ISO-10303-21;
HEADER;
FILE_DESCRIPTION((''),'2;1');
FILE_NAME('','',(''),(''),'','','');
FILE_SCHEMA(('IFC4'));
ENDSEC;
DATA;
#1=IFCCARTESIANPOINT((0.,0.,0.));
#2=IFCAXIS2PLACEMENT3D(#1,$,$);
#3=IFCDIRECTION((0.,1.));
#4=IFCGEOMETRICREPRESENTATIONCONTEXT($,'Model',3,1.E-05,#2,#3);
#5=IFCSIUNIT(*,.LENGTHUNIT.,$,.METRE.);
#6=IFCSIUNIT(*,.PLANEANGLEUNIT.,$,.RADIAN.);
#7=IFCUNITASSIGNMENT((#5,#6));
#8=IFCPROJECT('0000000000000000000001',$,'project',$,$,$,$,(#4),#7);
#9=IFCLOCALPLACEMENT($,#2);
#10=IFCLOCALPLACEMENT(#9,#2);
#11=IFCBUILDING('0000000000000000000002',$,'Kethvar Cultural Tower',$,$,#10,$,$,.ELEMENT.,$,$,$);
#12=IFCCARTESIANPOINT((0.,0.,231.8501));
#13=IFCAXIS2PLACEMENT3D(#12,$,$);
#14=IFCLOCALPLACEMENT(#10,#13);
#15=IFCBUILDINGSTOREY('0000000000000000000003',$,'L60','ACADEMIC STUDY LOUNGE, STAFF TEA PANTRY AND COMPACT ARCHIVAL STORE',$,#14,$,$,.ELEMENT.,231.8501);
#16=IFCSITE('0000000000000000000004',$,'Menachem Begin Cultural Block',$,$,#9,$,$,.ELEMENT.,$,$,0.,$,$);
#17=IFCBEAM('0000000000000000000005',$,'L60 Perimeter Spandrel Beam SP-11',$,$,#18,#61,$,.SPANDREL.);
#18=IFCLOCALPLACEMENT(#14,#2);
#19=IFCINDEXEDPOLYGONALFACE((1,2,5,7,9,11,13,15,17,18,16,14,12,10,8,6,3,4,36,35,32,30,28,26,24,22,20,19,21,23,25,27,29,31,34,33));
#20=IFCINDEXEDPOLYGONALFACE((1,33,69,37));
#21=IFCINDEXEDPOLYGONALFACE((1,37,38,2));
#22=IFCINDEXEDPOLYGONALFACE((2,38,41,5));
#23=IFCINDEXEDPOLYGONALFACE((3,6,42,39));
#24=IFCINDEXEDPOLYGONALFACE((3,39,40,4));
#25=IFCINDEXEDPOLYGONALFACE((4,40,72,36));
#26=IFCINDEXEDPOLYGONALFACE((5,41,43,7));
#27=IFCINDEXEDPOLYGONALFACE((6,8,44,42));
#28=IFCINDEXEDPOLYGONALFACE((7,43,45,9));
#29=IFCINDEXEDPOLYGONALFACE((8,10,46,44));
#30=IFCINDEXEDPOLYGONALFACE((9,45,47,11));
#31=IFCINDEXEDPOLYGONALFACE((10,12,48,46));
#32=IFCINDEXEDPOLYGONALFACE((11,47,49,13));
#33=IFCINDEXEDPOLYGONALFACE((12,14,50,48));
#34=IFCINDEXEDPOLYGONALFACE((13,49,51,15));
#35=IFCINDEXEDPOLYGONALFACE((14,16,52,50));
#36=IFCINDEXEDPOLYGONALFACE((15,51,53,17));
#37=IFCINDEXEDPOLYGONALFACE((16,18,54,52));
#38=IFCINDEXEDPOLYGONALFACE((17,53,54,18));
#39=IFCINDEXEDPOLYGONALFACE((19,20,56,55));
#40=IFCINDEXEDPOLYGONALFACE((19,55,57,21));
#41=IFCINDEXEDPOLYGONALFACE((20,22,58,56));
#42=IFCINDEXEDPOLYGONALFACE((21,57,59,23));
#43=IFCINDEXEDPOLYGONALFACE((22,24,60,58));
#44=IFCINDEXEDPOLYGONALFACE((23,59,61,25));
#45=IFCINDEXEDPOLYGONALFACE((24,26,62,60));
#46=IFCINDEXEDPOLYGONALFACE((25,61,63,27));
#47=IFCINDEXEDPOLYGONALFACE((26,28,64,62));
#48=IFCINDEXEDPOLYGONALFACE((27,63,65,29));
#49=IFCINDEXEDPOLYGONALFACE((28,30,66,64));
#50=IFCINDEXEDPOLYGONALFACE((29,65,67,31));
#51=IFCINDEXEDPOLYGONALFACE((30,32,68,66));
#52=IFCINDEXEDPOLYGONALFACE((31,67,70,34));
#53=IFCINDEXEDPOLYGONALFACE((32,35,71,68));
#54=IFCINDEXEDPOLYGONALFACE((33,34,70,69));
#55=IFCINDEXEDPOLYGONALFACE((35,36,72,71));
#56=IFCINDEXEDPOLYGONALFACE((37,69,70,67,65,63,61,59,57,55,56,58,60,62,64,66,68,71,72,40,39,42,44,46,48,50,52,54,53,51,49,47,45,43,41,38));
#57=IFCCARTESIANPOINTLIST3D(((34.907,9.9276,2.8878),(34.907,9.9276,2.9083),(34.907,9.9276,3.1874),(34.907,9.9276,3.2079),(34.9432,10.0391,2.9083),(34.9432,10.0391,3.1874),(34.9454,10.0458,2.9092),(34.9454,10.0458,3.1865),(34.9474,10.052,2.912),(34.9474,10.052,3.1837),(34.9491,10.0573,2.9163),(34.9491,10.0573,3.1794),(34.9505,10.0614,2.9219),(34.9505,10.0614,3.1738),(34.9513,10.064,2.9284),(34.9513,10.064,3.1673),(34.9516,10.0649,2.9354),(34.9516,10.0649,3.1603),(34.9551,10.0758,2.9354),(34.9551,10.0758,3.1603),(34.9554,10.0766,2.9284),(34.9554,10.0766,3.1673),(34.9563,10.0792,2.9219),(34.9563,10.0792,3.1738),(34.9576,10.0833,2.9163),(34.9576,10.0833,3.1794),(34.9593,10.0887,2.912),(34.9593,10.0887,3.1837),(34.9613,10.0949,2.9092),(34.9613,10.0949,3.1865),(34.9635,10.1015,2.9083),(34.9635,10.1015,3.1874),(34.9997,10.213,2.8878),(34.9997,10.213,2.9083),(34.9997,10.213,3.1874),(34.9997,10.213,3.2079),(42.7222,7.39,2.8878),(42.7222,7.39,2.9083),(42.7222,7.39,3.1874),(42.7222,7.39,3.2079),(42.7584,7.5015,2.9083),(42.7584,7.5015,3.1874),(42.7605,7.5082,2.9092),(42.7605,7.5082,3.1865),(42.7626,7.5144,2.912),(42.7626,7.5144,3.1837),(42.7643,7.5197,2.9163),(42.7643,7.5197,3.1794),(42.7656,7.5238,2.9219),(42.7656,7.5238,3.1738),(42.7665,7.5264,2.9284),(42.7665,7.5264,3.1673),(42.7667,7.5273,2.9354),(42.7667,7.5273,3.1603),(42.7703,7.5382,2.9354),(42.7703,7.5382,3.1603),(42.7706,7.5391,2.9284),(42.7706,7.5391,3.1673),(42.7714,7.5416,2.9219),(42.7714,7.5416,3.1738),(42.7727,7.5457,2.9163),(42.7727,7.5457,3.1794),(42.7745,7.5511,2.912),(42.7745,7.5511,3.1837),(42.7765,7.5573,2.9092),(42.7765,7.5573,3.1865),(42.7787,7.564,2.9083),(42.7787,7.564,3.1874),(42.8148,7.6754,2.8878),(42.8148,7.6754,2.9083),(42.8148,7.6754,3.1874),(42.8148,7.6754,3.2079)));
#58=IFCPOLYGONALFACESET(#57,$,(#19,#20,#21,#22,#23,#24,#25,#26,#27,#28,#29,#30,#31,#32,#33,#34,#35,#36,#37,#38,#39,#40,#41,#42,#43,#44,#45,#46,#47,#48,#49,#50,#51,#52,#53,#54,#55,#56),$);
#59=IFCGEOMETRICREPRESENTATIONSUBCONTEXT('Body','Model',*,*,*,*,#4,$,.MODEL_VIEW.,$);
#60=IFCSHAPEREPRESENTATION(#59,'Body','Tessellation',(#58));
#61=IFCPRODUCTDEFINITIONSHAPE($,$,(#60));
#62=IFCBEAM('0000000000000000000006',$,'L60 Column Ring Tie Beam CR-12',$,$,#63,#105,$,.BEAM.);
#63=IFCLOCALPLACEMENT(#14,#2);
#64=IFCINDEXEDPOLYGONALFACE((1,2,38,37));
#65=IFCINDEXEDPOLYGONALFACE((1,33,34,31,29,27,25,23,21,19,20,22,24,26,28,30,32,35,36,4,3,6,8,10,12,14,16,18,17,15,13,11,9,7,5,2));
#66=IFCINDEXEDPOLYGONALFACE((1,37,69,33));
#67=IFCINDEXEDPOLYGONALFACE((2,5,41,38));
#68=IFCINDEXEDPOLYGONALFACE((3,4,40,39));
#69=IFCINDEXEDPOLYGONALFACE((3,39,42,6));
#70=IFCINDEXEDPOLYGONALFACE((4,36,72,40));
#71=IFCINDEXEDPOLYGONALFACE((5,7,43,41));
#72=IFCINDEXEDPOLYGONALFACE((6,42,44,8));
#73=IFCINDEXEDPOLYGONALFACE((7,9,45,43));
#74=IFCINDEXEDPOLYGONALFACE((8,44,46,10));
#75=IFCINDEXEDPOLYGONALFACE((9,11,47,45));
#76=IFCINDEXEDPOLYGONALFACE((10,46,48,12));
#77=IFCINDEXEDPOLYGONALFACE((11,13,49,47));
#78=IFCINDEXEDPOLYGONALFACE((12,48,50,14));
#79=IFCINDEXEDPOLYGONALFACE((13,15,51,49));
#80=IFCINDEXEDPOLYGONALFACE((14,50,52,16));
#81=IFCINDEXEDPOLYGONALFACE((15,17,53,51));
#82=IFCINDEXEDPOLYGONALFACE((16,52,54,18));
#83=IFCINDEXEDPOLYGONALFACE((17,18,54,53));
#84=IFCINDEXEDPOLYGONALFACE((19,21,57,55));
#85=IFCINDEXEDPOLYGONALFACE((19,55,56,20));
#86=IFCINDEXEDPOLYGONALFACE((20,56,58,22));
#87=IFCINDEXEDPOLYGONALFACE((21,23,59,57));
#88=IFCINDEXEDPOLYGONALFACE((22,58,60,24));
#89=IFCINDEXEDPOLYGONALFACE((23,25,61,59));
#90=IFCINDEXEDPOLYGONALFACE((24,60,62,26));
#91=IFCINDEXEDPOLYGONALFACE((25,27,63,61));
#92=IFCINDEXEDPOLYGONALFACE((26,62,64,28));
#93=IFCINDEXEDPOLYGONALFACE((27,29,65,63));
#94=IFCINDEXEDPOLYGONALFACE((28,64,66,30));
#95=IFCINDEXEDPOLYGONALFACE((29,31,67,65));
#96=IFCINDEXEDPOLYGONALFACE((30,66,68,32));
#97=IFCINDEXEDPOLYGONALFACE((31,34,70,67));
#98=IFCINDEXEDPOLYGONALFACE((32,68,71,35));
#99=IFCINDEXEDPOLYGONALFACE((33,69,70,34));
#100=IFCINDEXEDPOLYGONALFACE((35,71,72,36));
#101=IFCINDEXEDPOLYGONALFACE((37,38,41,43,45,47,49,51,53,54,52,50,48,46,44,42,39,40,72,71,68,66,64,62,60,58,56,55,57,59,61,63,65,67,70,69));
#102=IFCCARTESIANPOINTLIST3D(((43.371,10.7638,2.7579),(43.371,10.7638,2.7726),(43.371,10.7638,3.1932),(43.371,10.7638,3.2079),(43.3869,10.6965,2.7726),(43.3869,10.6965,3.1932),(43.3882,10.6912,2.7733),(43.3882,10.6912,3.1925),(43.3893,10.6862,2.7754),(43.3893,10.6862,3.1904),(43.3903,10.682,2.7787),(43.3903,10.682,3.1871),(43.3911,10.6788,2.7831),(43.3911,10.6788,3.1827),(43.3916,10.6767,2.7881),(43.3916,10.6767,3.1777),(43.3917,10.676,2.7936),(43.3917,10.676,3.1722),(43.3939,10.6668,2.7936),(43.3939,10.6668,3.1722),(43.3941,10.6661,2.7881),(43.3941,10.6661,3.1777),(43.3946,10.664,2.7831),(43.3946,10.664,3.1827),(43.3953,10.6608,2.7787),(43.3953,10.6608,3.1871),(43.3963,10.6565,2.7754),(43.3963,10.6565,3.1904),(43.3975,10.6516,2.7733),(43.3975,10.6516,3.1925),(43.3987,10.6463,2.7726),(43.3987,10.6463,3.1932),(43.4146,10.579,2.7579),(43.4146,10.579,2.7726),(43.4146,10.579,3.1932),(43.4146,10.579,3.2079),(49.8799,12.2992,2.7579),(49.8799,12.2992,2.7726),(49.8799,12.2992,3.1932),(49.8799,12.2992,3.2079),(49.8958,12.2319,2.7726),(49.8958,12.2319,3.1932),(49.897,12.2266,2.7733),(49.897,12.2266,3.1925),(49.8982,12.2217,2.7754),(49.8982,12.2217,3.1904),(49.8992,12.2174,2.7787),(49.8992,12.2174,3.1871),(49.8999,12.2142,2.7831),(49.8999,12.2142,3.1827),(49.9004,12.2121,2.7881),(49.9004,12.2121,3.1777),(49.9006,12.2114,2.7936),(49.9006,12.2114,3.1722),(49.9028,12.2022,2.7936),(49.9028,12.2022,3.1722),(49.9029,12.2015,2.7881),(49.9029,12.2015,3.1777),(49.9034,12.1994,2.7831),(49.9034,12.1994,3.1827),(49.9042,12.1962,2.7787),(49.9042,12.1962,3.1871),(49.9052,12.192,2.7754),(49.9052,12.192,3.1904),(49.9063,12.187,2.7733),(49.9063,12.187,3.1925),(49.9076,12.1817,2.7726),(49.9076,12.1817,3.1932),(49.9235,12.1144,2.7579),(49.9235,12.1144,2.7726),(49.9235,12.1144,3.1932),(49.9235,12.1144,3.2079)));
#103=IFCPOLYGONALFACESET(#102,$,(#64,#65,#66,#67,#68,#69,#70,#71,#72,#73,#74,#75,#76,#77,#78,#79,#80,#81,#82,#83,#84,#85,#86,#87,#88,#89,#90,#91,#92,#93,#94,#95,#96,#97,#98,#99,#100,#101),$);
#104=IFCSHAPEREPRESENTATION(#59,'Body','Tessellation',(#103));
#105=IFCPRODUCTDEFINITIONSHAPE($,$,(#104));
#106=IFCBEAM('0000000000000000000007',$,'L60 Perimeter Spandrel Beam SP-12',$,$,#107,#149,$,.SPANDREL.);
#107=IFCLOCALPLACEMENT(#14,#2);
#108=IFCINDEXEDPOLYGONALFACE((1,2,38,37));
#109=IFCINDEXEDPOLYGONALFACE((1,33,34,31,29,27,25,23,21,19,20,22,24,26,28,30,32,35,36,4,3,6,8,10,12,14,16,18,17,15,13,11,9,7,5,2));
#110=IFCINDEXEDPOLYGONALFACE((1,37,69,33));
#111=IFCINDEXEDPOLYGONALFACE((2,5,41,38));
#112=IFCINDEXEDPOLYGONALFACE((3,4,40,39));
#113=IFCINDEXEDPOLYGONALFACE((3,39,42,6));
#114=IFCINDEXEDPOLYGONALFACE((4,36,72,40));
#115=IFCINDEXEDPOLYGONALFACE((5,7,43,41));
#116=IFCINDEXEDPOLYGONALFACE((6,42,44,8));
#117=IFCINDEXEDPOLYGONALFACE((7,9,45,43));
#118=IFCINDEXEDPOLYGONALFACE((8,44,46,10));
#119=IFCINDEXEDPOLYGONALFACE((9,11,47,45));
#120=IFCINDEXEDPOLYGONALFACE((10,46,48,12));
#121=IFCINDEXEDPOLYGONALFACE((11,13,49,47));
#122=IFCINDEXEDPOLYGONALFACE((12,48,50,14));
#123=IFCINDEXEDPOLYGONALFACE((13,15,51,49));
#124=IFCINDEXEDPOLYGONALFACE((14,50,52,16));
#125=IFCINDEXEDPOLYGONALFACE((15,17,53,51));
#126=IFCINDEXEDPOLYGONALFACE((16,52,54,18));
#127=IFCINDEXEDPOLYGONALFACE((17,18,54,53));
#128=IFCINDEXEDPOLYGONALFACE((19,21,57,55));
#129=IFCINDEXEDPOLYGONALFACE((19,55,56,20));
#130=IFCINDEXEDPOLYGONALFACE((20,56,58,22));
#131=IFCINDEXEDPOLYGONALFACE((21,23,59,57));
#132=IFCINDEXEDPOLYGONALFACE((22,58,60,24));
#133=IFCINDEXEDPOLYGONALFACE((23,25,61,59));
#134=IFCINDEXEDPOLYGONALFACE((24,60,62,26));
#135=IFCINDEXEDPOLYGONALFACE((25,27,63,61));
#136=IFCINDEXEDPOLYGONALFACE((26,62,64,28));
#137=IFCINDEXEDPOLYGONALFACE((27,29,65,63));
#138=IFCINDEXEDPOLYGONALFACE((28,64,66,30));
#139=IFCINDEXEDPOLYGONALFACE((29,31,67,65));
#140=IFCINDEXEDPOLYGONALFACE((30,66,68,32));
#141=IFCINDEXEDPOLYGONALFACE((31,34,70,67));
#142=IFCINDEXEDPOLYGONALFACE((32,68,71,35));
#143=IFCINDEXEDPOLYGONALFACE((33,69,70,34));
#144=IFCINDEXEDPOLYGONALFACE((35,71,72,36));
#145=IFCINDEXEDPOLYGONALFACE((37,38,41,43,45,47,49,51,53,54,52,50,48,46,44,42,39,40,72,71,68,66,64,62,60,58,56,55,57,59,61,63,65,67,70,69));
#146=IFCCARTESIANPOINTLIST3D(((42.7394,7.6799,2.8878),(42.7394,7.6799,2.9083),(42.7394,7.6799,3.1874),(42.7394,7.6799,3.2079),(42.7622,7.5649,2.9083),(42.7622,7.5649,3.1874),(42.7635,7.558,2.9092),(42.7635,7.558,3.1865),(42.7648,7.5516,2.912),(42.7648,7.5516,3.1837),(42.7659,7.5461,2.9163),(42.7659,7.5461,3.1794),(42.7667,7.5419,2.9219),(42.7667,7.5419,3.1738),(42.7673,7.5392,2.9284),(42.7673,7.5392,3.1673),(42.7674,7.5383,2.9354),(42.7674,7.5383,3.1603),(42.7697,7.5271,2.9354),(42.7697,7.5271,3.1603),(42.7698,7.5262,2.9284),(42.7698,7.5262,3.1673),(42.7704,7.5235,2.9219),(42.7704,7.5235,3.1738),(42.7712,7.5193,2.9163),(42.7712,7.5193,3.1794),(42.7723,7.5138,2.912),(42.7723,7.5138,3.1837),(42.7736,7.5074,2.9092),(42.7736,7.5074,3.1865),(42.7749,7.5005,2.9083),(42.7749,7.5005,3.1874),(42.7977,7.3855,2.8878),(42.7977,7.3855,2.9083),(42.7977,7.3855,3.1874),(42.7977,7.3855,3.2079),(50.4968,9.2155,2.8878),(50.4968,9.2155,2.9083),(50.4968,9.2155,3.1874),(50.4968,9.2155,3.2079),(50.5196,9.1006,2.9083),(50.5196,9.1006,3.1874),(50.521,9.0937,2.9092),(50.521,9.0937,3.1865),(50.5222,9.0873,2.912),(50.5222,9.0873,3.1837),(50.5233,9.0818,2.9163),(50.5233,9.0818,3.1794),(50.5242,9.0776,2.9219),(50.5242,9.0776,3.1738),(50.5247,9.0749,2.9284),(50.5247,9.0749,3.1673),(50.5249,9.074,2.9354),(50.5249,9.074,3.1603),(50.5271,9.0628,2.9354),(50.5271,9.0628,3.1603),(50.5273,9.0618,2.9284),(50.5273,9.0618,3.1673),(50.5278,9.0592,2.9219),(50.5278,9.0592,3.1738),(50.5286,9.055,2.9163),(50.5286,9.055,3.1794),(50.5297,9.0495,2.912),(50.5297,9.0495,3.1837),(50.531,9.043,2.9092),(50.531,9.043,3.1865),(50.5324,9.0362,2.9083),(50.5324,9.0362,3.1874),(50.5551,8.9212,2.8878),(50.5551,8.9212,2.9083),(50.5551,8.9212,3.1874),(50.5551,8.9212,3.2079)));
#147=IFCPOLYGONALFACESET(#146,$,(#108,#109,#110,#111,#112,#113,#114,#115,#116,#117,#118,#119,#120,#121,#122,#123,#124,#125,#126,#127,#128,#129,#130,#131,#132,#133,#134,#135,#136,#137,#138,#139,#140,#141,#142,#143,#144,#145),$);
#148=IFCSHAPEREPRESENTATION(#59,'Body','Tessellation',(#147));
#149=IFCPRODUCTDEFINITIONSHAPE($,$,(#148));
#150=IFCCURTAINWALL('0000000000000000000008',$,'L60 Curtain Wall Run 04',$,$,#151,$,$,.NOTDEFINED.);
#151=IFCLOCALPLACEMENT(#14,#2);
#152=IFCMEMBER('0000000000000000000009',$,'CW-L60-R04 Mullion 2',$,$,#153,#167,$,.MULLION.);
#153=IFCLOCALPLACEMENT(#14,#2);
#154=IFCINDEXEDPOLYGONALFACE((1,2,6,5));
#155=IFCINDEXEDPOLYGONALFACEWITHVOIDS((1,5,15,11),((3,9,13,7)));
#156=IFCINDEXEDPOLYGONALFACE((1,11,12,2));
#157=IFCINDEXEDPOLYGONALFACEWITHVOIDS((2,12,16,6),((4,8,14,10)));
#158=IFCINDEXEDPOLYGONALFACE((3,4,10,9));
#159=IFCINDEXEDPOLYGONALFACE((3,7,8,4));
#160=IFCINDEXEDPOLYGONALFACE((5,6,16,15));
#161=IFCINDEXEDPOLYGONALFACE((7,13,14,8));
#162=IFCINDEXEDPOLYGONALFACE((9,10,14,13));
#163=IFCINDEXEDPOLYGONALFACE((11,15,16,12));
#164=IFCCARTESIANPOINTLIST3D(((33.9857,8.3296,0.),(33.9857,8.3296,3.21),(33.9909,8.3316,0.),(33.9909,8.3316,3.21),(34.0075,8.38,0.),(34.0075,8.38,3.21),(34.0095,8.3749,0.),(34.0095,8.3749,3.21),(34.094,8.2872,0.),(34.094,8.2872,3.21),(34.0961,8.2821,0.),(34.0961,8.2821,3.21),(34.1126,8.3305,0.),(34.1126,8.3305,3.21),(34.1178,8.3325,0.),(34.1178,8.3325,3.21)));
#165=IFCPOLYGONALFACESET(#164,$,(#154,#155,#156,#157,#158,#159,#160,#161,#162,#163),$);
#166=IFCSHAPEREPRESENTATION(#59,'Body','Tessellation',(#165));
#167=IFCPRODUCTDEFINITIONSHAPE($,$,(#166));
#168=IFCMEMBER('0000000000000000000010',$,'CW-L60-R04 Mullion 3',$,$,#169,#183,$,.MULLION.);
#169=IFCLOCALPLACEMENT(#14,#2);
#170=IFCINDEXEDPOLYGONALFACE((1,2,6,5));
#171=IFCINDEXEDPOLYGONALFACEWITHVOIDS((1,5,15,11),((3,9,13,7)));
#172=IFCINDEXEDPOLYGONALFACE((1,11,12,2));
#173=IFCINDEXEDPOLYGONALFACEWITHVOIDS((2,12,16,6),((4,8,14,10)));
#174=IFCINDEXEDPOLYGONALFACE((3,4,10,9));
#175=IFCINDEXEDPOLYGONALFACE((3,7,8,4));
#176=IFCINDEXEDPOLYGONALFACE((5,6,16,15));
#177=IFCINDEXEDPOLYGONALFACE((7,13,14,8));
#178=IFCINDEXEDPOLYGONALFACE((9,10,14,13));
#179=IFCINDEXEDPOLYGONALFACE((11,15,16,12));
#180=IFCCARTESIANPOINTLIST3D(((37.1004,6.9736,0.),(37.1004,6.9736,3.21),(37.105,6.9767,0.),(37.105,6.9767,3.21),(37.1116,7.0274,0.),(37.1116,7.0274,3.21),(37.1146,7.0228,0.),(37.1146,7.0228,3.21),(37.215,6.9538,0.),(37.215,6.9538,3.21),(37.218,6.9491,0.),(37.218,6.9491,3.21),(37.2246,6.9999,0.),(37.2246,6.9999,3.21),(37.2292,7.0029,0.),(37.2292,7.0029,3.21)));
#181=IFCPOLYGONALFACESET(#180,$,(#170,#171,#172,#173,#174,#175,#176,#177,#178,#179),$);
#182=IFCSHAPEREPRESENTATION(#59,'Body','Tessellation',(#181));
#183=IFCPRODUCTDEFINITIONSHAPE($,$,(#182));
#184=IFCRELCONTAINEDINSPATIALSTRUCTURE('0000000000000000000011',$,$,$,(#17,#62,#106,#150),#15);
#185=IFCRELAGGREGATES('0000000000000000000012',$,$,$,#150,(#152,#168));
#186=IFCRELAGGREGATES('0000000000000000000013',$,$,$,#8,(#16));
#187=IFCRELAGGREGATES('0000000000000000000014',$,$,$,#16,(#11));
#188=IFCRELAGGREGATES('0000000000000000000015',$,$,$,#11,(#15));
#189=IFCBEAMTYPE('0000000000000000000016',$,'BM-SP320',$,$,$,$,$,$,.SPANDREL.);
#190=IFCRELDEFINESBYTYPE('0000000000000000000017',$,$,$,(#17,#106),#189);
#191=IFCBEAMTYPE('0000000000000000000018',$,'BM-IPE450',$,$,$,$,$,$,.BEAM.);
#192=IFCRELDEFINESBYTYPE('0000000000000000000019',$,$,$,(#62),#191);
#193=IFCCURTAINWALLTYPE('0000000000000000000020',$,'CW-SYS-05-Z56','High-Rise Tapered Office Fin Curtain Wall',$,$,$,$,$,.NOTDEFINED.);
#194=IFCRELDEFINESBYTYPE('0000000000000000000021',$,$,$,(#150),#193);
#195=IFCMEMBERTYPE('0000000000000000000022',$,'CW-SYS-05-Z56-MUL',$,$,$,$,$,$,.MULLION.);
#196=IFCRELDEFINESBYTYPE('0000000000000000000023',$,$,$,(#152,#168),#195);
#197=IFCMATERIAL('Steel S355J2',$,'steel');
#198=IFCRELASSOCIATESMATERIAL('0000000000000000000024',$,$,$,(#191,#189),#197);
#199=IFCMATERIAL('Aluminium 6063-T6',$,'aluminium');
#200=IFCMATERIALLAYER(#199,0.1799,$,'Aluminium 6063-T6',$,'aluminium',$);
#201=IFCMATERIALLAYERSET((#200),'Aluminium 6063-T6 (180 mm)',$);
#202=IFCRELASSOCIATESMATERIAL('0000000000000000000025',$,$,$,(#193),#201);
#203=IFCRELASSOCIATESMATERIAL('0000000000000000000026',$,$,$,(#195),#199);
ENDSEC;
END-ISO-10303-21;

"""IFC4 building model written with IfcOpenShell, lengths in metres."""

from ifc_helpers import new_model, si_unit, direction, frame, origin, origin_2d, place, context, subcontext, project, spatial, hollow_rectangle, i_section, extrude, source, transform, mapped, material, layer, layer_set, material_profile, profile_set, type_object, element, aggregate, save


model = new_model("IFC4")

# Units and contexts
model_context = context("Model", 3, precision=1e-05, world=origin(), true_north=direction((0.0, 1.0)))
body_context = subcontext(model_context, "Body", "Model", "MODEL_VIEW")
ifc_project = project(units=[si_unit("LENGTHUNIT", "METRE"), si_unit("PLANEANGLEUNIT", "RADIAN")], contexts=[model_context])

# Site, building, storey
site_placement = place(None, origin())
site = spatial("IfcSite", under=ifc_project, at=site_placement, Name="Menachem Begin Cultural Block", CompositionType="ELEMENT", RefElevation=0.0)
building_placement = place(site_placement, origin())
building = spatial("IfcBuilding", under=site, at=building_placement, Name="Kethvar Cultural Tower", CompositionType="ELEMENT")
storey_placement = place(building_placement, frame((0.0, 0.0, 231.8501)))
storey = spatial("IfcBuildingStorey", under=building, at=storey_placement, Name="L60", Description="ACADEMIC STUDY LOUNGE, STAFF TEA PANTRY AND COMPACT ARCHIVAL STORE", CompositionType="ELEMENT", Elevation=231.8501)

# Beams
ifc_material_1 = material(Name="Steel S355J2", Category="steel")
ifc_material_profile_1 = material_profile(ifc_material_1, i_section(OverallWidth=0.1899, OverallDepth=0.45, WebThickness=0.0095, FlangeThickness=0.0146, FilletRadius=0.021, at=origin_2d()), Name="Steel S355J2 — IPE450")
ifc_profile_set_1 = profile_set([ifc_material_profile_1], Name="Steel S355J2 — IPE450")
beam_type_1 = type_object("IfcBeamType", Name="BM-IPE450", PredefinedType="BEAM", material=ifc_profile_set_1)
ifc_material_profile_2 = material_profile(ifc_material_1, i_section(OverallWidth=0.3, OverallDepth=0.3201, WebThickness=0.0115, FlangeThickness=0.0205, FilletRadius=0.0271, at=origin_2d()), Name="Steel S355J2 — HEB320")
ifc_profile_set_2 = profile_set([ifc_material_profile_2], Name="Steel S355J2 — HEB320")
beam_type_2 = type_object("IfcBeamType", Name="BM-SP320", PredefinedType="SPANDREL", material=ifc_profile_set_2)
shared_shape_1 = source(origin(), body_context, "Body", "SweptSolid", [
    extrude(i_section(OverallWidth=0.3, OverallDepth=0.3201, WebThickness=0.0115, FlangeThickness=0.0205, FilletRadius=0.0271, at=origin_2d()), origin(), (0.0, 0.0, 1.0), 8.2168),
])
beam_1_placement = place(storey_placement, frame((34.9534, 10.0703, 3.0479), z_axis=(0.951118, -0.308829, 0.0), x_axis=(0.308829, 0.951118, 0.0)))
element("IfcBeam", 1, at=beam_1_placement, inside=storey, type_object=beam_type_2, Name="L60 Perimeter Spandrel Beam SP-11", PredefinedType="SPANDREL", context=body_context, shape_type="MappedRepresentation", body=[
    mapped(shared_shape_1, transform((0.0, 0.0, 0.0), scale=1.0)),
])
shared_shape_2 = source(origin(), body_context, "Body", "SweptSolid", [
    extrude(i_section(OverallWidth=0.1899, OverallDepth=0.45, WebThickness=0.0095, FlangeThickness=0.0146, FilletRadius=0.021, at=origin_2d()), origin(), (0.0, 0.0, 1.0), 6.6875),
])
beam_2_placement = place(storey_placement, frame((43.3928, 10.6714, 2.9829), z_axis=(0.973286, 0.229595, 0.0), x_axis=(-0.229595, 0.973286, 0.0)))
element("IfcBeam", 2, at=beam_2_placement, inside=storey, type_object=beam_type_1, Name="L60 Column Ring Tie Beam CR-12", PredefinedType="BEAM", context=body_context, shape_type="MappedRepresentation", body=[
    mapped(shared_shape_2, transform((0.0, 0.0, 0.0), scale=1.0)),
])
shared_shape_3 = source(origin(), body_context, "Body", "SweptSolid", [
    extrude(i_section(OverallWidth=0.3, OverallDepth=0.3201, WebThickness=0.0115, FlangeThickness=0.0205, FilletRadius=0.0271, at=origin_2d()), origin(), (0.0, 0.0, 1.0), 7.908),
])
beam_3_placement = place(storey_placement, frame((42.7686, 7.5327, 3.0479), z_axis=(0.980964, 0.194192, 0.0), x_axis=(-0.194192, 0.980964, 0.0)))
element("IfcBeam", 3, at=beam_3_placement, inside=storey, type_object=beam_type_2, Name="L60 Perimeter Spandrel Beam SP-12", PredefinedType="SPANDREL", context=body_context, shape_type="MappedRepresentation", body=[
    mapped(shared_shape_3, transform((0.0, 0.0, 0.0), scale=1.0)),
])

# Curtain wall, members
ifc_material_2 = material(Name="Aluminium 6063-T6", Category="aluminium")
ifc_layer_1 = layer(ifc_material_2, 0.1799, Name="Aluminium 6063-T6", Category="aluminium")
ifc_layer_set_1 = layer_set([ifc_layer_1], Name="Aluminium 6063-T6 (180 mm)")
curtain_wall_type = type_object("IfcCurtainWallType", Name="CW-SYS-05-Z56", Description="High-Rise Tapered Office Fin Curtain Wall", PredefinedType="NOTDEFINED", material=ifc_layer_set_1)
curtain_wall_placement = place(storey_placement, origin())
curtain_wall = element("IfcCurtainWall", 4, at=curtain_wall_placement, inside=storey, type_object=curtain_wall_type, Name="L60 Curtain Wall Run 04", PredefinedType="NOTDEFINED")
ifc_material_profile_3 = material_profile(ifc_material_2, hollow_rectangle(XDim=0.0549, YDim=0.1201, WallThickness=0.0039, at=origin_2d()), Name="Aluminium 6063-T6 — RHS120x55x4")
ifc_profile_set_3 = profile_set([ifc_material_profile_3], Name="Aluminium 6063-T6 — RHS120x55x4")
member_type_1 = type_object("IfcMemberType", Name="CW-SYS-05-Z56-MUL", PredefinedType="MULLION", material=ifc_profile_set_3)
shared_shape_4 = source(origin(), body_context, "Body", "SweptSolid", [
    extrude(hollow_rectangle(XDim=0.0549, YDim=0.1201, WallThickness=0.0039, at=origin_2d()), origin(), (0.0, 0.0, 1.0), 3.21),
])
member_1_placement = place(storey_placement, frame((34.0518, 8.3311, 0.0), z_axis=(0.0, 0.0, 1.0), x_axis=(0.395546, 0.918446, 0.0)))
member_1 = element("IfcMember", 5, at=member_1_placement, type_object=member_type_1, Name="CW-L60-R04 Mullion 2", PredefinedType="MULLION", context=body_context, shape_type="MappedRepresentation", body=[
    mapped(shared_shape_4, transform((0.0, 0.0, 0.0), scale=1.0)),
])
member_2_placement = place(storey_placement, frame((37.1648, 6.9883, 0.0), z_axis=(0.0, 0.0, 1.0), x_axis=(0.203932, 0.978985, 0.0)))
member_2 = element("IfcMember", 6, at=member_2_placement, type_object=member_type_1, Name="CW-L60-R04 Mullion 3", PredefinedType="MULLION", context=body_context, shape_type="MappedRepresentation", body=[
    mapped(shared_shape_4, transform((0.0, 0.0, 0.0), scale=1.0)),
])
aggregate(curtain_wall, [member_1, member_2])

save(model, "model.ifc")
